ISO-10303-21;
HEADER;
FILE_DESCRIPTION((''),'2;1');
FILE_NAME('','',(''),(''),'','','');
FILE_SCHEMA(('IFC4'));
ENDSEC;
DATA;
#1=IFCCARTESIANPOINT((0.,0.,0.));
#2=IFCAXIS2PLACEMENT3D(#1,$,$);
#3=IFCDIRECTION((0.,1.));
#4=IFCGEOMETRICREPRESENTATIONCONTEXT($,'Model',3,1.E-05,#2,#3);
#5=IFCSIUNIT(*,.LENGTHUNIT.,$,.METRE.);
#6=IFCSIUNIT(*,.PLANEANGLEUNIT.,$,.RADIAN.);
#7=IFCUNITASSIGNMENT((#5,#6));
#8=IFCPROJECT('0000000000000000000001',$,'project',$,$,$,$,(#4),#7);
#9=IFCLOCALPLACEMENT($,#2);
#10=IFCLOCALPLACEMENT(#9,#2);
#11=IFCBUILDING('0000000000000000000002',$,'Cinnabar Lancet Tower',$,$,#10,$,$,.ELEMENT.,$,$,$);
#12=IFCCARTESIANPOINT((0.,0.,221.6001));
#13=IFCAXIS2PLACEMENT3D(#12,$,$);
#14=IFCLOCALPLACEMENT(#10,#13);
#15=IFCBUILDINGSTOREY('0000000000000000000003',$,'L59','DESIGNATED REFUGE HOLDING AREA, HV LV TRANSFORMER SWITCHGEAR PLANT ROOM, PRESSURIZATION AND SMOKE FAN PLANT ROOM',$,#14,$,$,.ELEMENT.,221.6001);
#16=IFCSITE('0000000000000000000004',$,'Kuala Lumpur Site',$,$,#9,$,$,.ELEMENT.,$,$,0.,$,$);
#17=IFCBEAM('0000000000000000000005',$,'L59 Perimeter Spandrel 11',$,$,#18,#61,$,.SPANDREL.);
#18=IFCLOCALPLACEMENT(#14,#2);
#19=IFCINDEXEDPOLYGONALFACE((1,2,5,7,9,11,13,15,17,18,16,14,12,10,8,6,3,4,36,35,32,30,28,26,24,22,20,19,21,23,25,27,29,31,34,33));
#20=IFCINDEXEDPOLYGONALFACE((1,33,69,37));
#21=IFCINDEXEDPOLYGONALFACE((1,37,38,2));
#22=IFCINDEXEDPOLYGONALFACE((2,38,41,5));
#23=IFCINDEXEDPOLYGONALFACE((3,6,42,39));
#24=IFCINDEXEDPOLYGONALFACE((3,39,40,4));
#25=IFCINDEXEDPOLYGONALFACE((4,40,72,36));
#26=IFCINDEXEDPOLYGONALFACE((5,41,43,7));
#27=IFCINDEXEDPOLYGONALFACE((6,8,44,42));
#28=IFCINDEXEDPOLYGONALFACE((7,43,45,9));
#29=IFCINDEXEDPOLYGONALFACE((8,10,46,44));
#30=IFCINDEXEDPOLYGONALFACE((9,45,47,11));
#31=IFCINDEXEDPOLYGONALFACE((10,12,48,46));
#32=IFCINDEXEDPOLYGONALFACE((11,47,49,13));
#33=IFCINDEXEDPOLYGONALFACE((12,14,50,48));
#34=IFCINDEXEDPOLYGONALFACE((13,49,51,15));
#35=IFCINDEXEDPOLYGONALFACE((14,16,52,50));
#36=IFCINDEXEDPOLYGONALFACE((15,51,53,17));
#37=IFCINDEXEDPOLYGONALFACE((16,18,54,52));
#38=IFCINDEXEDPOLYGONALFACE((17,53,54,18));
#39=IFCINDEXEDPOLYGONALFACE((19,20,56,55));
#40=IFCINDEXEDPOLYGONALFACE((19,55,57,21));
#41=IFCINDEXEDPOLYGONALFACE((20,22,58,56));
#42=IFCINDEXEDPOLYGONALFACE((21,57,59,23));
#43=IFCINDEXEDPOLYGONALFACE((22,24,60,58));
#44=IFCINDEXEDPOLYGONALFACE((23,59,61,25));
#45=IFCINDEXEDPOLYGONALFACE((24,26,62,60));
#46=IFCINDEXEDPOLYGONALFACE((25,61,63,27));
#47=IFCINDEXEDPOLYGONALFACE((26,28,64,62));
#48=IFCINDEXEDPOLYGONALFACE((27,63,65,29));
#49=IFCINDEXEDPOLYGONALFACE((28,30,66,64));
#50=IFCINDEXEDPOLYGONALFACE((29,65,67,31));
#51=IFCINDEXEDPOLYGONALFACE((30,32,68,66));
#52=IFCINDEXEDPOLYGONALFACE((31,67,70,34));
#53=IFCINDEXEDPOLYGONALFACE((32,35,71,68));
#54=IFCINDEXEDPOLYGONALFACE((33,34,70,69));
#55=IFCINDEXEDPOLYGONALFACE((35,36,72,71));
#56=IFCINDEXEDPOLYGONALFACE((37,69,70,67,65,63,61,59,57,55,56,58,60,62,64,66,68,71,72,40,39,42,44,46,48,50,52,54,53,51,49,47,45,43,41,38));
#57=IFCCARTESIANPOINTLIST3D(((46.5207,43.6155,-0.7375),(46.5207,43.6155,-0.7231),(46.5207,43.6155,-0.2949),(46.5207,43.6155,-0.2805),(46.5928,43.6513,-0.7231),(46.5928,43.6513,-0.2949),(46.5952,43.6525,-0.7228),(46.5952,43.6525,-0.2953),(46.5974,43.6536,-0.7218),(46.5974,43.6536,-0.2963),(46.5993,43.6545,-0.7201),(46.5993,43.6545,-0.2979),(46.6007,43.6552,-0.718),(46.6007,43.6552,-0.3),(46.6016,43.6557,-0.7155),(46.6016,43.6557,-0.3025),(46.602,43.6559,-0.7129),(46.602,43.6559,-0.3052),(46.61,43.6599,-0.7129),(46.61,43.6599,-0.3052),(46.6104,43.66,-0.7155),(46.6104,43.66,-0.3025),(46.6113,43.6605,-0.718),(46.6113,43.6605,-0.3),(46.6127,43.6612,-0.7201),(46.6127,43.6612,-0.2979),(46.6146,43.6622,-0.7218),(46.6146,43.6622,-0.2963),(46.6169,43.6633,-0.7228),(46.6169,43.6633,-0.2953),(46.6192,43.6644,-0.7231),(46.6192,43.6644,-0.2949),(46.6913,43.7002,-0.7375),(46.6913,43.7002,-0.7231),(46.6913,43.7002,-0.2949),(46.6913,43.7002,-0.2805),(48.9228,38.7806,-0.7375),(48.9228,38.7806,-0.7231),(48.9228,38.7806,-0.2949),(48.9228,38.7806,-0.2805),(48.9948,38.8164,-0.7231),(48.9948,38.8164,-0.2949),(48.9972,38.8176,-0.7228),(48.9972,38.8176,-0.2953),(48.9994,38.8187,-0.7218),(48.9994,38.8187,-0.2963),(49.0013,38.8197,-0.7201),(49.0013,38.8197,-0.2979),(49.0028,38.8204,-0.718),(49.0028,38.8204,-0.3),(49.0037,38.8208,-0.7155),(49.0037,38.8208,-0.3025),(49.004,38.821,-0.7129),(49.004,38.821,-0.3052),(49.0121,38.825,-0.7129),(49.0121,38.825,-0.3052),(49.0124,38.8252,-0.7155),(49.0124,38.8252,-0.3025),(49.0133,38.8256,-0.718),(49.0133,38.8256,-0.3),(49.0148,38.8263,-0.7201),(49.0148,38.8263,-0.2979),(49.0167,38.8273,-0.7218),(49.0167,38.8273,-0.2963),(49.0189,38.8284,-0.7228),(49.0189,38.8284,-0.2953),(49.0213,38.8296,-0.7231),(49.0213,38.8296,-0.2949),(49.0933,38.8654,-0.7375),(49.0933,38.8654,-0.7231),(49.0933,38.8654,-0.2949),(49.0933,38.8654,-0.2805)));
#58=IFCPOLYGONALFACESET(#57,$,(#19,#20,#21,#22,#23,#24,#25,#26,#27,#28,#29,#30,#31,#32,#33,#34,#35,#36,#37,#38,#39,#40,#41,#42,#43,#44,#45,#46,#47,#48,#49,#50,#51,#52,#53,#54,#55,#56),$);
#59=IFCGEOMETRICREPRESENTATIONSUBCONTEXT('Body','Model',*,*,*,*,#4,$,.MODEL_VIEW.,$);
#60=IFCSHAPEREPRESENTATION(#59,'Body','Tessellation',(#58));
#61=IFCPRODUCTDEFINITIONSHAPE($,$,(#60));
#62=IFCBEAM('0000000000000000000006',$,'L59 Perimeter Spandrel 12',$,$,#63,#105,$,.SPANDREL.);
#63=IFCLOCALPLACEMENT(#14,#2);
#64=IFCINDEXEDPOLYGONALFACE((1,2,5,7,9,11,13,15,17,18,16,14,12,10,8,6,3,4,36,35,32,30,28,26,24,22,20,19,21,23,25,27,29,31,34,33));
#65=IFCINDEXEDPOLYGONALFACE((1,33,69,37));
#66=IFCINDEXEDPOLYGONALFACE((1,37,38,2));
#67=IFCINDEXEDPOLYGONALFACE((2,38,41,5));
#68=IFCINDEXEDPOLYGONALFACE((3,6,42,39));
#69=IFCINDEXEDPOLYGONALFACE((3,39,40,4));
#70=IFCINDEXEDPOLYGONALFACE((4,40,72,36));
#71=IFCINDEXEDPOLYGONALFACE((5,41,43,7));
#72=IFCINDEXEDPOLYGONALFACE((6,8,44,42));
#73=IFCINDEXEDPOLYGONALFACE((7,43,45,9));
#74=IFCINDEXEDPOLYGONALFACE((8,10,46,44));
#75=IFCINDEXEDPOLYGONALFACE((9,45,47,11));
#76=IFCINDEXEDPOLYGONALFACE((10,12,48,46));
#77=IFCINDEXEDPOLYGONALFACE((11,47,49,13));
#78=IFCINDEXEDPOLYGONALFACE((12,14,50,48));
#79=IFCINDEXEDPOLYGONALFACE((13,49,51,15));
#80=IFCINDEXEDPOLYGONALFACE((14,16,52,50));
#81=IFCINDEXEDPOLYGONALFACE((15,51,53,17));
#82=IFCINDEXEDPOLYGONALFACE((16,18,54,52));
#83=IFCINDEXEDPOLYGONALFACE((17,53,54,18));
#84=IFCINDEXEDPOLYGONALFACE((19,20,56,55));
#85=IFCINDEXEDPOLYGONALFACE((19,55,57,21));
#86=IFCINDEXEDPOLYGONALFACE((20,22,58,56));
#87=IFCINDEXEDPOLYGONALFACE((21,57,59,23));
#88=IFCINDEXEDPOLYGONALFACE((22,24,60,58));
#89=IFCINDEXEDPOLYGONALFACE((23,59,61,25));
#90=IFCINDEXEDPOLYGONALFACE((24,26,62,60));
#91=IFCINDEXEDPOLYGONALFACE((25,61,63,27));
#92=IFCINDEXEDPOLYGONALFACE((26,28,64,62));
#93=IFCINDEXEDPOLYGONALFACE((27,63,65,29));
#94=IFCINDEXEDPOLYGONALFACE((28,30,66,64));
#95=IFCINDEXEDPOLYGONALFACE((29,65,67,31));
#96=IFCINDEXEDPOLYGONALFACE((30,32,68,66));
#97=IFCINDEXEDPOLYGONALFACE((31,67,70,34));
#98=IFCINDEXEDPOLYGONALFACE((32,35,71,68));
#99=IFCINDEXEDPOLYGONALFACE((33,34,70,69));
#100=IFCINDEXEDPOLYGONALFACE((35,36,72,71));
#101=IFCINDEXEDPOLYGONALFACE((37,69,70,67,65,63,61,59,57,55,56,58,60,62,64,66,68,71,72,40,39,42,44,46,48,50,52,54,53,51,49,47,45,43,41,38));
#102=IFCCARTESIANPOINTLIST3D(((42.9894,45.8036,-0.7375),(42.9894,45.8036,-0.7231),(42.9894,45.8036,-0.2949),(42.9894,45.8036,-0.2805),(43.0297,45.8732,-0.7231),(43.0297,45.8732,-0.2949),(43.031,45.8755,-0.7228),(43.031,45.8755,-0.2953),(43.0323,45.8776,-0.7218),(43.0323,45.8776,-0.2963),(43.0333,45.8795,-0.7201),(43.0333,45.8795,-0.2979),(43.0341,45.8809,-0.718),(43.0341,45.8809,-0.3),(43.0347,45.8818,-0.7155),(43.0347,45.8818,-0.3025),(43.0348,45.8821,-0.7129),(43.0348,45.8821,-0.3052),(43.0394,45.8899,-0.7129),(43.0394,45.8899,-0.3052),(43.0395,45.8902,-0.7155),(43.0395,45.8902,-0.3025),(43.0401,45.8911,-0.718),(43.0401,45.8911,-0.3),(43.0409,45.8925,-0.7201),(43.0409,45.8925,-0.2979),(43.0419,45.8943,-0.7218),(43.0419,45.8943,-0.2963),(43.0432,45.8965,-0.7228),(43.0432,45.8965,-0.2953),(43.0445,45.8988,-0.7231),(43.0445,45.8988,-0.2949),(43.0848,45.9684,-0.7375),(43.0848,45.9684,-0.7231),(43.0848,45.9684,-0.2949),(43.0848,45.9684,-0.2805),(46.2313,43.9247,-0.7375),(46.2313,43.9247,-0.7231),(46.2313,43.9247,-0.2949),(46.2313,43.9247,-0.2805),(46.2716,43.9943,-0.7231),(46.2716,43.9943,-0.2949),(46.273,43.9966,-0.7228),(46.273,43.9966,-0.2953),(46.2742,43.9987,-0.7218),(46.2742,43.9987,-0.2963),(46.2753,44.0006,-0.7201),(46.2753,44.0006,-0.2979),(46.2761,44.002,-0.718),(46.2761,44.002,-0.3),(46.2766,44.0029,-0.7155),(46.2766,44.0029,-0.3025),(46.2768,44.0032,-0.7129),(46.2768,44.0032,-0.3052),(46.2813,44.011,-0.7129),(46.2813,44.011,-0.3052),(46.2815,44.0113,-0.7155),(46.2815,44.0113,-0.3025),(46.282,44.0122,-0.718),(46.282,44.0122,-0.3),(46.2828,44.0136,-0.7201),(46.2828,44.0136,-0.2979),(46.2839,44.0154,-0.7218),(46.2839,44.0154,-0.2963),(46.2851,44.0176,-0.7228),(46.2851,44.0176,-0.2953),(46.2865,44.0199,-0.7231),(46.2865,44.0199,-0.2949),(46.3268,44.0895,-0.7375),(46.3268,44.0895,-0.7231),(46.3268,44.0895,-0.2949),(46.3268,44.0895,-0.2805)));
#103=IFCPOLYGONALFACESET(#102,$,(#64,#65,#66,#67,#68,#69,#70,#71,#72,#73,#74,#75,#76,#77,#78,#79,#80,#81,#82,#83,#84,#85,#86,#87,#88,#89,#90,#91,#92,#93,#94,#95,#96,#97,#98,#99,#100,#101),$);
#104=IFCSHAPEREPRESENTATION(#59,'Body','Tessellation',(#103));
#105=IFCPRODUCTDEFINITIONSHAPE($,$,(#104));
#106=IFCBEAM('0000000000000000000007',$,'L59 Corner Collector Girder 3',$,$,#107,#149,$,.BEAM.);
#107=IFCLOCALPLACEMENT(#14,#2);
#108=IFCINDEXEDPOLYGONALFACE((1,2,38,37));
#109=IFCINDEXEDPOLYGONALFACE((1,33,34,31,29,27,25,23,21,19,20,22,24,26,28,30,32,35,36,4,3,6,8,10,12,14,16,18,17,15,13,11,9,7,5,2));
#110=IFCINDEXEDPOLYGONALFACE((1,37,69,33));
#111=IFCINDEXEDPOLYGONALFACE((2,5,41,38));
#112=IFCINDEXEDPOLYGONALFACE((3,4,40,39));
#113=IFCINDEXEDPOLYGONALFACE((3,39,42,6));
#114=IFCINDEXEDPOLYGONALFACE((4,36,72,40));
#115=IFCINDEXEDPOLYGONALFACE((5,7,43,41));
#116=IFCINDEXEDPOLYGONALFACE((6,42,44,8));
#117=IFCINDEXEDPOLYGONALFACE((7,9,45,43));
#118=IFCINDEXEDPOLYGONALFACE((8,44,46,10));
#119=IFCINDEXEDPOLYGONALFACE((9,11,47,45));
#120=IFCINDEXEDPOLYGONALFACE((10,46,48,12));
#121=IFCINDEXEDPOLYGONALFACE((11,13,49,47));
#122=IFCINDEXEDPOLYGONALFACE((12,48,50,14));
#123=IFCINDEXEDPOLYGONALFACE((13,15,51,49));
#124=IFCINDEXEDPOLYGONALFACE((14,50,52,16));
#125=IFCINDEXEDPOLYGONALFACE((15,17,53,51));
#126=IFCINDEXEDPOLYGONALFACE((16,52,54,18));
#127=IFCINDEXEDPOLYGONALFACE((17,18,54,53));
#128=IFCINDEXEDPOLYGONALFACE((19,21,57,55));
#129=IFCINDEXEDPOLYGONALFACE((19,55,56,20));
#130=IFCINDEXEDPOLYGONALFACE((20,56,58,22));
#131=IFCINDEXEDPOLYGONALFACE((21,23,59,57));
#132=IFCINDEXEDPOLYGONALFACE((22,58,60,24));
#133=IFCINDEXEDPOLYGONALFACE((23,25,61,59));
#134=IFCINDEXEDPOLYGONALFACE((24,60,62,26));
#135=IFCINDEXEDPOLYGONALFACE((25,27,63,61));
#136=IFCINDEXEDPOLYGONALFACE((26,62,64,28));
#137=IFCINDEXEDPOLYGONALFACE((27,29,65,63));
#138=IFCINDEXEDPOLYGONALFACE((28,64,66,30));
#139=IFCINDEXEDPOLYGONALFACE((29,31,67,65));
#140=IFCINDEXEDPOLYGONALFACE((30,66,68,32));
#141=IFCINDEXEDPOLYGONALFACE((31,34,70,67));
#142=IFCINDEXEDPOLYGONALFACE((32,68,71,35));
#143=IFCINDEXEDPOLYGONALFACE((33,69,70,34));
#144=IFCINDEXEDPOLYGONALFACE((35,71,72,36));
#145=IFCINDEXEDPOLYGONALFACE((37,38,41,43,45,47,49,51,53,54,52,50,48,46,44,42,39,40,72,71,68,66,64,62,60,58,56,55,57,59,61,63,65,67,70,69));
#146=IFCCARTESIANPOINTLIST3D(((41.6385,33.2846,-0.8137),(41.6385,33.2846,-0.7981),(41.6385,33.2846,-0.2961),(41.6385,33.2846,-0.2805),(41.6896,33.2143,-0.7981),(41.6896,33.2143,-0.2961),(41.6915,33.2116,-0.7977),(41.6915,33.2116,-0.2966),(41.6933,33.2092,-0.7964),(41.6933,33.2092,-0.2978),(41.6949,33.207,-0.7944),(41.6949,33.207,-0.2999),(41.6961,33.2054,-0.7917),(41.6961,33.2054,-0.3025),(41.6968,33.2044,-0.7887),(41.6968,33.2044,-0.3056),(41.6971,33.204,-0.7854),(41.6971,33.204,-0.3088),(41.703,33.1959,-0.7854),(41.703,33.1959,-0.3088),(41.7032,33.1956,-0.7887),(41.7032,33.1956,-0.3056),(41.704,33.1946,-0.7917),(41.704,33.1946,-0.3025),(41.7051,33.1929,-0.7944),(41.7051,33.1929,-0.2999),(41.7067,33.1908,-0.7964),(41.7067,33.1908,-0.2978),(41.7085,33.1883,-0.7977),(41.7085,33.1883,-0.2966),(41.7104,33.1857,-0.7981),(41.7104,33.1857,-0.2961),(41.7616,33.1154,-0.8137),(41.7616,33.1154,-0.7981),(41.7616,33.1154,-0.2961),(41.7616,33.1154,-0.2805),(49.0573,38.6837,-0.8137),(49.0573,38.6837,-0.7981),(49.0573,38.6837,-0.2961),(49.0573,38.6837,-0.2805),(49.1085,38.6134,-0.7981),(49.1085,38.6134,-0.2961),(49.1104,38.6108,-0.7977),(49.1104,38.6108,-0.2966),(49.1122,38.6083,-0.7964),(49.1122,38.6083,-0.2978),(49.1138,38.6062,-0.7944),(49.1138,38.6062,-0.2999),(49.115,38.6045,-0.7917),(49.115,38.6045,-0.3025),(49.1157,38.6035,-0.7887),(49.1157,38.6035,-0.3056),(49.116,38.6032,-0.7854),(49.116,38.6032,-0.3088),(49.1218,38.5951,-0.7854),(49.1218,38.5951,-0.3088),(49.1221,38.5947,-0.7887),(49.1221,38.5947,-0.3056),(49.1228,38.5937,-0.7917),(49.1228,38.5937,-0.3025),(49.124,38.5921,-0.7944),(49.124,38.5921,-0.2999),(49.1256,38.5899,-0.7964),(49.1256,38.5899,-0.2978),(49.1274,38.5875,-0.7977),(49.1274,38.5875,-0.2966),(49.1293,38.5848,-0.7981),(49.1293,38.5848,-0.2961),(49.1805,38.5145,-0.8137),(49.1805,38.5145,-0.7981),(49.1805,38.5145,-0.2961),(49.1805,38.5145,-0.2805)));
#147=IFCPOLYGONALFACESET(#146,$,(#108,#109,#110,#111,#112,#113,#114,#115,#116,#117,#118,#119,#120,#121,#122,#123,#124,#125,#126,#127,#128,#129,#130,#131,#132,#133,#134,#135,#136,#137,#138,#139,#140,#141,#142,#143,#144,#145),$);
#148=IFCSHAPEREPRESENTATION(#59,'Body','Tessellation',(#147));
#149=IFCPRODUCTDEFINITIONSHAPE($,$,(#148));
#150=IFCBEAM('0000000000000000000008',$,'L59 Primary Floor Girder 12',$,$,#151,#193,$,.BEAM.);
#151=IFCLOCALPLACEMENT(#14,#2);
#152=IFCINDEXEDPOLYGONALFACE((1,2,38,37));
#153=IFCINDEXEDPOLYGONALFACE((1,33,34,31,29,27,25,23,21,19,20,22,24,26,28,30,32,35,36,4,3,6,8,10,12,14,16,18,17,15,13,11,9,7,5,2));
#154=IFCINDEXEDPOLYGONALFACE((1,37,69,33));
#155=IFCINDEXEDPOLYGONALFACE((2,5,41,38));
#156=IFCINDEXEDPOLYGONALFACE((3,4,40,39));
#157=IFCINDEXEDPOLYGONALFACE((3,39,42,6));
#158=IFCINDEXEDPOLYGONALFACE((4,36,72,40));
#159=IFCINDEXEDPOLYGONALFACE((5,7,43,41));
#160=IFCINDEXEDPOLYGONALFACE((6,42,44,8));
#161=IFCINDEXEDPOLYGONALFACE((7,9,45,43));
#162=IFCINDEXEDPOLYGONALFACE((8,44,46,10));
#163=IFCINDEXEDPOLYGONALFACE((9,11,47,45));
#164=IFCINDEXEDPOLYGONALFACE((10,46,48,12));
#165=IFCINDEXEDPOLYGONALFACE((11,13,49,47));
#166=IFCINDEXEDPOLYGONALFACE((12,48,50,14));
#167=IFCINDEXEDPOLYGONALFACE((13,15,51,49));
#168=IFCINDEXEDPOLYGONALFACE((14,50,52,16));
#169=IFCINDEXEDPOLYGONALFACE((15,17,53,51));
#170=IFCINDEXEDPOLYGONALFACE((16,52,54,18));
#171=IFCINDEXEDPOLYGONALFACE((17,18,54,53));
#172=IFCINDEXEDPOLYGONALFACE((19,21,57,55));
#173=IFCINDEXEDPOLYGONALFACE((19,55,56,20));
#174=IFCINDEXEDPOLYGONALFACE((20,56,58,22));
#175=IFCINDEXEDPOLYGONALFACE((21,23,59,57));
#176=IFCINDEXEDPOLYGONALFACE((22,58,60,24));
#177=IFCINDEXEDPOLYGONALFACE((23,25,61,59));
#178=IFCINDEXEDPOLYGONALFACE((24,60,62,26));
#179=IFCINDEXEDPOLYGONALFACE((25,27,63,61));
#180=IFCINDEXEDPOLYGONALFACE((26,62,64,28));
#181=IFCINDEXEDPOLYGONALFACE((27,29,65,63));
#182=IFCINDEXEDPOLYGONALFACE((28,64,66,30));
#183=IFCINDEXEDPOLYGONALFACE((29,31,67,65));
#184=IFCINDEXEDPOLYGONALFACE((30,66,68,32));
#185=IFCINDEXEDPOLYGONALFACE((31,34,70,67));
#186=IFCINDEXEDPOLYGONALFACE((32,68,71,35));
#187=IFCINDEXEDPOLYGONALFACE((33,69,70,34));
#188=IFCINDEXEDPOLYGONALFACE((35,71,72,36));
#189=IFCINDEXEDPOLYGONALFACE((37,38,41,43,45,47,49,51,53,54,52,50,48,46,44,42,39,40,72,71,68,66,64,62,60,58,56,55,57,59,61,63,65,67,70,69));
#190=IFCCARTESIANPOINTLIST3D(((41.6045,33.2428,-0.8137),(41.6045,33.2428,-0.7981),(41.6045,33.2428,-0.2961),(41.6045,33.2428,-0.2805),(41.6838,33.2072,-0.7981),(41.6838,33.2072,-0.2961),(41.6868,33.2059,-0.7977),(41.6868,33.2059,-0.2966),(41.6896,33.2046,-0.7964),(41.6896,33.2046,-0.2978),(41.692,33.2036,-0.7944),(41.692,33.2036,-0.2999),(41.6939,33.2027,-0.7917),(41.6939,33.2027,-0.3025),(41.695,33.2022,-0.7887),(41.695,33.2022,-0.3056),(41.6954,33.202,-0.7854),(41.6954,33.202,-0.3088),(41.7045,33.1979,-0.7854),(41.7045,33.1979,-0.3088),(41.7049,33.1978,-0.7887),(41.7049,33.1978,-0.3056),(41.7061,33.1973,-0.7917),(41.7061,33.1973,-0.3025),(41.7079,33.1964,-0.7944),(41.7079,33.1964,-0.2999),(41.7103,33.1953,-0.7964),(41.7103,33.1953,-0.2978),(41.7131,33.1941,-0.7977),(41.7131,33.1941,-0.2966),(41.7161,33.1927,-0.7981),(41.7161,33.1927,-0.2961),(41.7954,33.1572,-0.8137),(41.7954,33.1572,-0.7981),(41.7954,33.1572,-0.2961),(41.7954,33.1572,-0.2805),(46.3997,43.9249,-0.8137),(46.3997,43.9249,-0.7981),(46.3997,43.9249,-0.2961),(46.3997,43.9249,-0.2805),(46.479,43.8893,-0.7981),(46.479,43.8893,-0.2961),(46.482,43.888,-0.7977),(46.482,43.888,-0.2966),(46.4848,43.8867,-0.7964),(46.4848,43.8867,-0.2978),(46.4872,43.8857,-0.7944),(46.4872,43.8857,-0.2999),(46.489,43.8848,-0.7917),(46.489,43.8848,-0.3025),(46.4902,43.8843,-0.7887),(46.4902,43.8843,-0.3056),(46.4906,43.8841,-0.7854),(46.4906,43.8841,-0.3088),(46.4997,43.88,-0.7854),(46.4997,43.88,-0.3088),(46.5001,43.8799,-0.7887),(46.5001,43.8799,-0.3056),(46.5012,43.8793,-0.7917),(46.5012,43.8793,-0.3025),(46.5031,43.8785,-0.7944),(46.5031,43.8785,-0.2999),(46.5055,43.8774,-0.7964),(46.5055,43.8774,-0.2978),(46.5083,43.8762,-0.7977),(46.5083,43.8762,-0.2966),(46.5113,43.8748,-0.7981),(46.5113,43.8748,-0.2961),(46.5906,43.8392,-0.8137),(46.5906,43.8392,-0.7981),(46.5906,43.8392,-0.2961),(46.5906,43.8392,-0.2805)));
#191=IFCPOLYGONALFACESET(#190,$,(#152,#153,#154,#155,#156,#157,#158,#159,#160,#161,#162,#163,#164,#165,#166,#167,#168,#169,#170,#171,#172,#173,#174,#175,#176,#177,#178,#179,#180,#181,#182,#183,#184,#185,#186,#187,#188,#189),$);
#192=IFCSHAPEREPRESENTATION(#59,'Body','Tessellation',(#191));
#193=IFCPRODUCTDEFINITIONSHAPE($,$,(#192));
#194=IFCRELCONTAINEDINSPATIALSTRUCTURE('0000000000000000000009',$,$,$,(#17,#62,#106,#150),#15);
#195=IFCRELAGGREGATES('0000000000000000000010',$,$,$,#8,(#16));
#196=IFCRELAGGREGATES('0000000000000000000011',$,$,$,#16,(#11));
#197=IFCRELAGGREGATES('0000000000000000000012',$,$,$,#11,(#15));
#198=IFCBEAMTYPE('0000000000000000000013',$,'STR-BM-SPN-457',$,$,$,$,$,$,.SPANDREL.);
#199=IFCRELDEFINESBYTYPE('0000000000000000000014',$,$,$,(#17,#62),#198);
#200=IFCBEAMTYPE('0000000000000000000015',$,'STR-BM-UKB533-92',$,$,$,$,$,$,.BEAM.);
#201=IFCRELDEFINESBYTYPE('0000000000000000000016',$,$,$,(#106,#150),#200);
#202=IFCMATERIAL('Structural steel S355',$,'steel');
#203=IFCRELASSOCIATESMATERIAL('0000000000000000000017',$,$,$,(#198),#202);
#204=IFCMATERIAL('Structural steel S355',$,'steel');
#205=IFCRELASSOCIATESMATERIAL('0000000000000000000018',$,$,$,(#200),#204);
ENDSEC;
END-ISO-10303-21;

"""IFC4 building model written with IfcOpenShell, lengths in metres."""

from ifc_helpers import new_model, si_unit, direction, frame, origin, origin_2d, place, context, subcontext, project, spatial, i_section, extrude, material, material_profile, profile_set, type_object, element, save


model = new_model("IFC4")

# Units and contexts
model_context = context("Model", 3, precision=1e-05, world=origin(), true_north=direction((0.0, 1.0)))
body_context = subcontext(model_context, "Body", "Model", "MODEL_VIEW")
ifc_project = project(units=[si_unit("LENGTHUNIT", "METRE"), si_unit("PLANEANGLEUNIT", "RADIAN")], contexts=[model_context])

# Site, building, storey
site_placement = place(None, origin())
site = spatial("IfcSite", under=ifc_project, at=site_placement, Name="Kuala Lumpur Site", CompositionType="ELEMENT", RefElevation=0.0)
building_placement = place(site_placement, origin())
building = spatial("IfcBuilding", under=site, at=building_placement, Name="Cinnabar Lancet Tower", CompositionType="ELEMENT")
storey_placement = place(building_placement, frame((0.0, 0.0, 221.6001)))
storey = spatial("IfcBuildingStorey", under=building, at=storey_placement, Name="L59", Description="DESIGNATED REFUGE HOLDING AREA, HV LV TRANSFORMER SWITCHGEAR PLANT ROOM, PRESSURIZATION AND SMOKE FAN PLANT ROOM", CompositionType="ELEMENT", Elevation=221.6001)

# Beams
ifc_material_1 = material(Name="Structural steel S355", Category="steel")
ifc_material_profile_1 = material_profile(ifc_material_1, i_section(OverallWidth=0.1904, OverallDepth=0.457, WebThickness=0.009, FlangeThickness=0.0144, FilletRadius=0.0103, at=origin_2d()), Name="UKB 457x191x74")
ifc_profile_set_1 = profile_set([ifc_material_profile_1], Name="Structural steel S355")
beam_type_1 = type_object("IfcBeamType", Name="STR-BM-SPN-457", PredefinedType="SPANDREL", material=ifc_profile_set_1)
beam_1_placement = place(storey_placement, frame((49.0081, 38.823, -0.509), z_axis=(-0.444933, 0.895564, 0.0), x_axis=(-0.895564, -0.444933, 0.0)))
element("IfcBeam", 1, at=beam_1_placement, inside=storey, type_object=beam_type_1, Name="L59 Perimeter Spandrel 11", PredefinedType="SPANDREL", context=body_context, shape_type="SweptSolid", body=[
    extrude(i_section(OverallWidth=0.1904, OverallDepth=0.457, WebThickness=0.009, FlangeThickness=0.0144, FilletRadius=0.0103, at=origin_2d()), origin(), (0.0, 0.0, 1.0), 5.3987),
])
beam_2_placement = place(storey_placement, frame((46.2791, 44.0071, -0.509), z_axis=(-0.865196, 0.501434, 0.0), x_axis=(-0.501434, -0.865196, 0.0)))
element("IfcBeam", 2, at=beam_2_placement, inside=storey, type_object=beam_type_1, Name="L59 Perimeter Spandrel 12", PredefinedType="SPANDREL", context=body_context, shape_type="SweptSolid", body=[
    extrude(i_section(OverallWidth=0.1904, OverallDepth=0.457, WebThickness=0.009, FlangeThickness=0.0144, FilletRadius=0.0103, at=origin_2d()), origin(), (0.0, 0.0, 1.0), 3.7471),
])
ifc_material_2 = material(Name="Structural steel S355", Category="steel")
ifc_material_profile_2 = material_profile(ifc_material_2, i_section(OverallWidth=0.2092, OverallDepth=0.5332, WebThickness=0.01, FlangeThickness=0.0156, FilletRadius=0.0127, at=origin_2d()), Name="UKB 533x210x92")
ifc_profile_set_2 = profile_set([ifc_material_profile_2], Name="Structural steel S355")
beam_type_2 = type_object("IfcBeamType", Name="STR-BM-UKB533-92", PredefinedType="BEAM", material=ifc_profile_set_2)
beam_3_placement = place(storey_placement, frame((49.1189, 38.5991, -0.5471), z_axis=(-0.808551, -0.588426, 0.0), x_axis=(0.588426, -0.808551, 0.0)))
element("IfcBeam", 3, at=beam_3_placement, inside=storey, type_object=beam_type_2, Name="L59 Corner Collector Girder 3", PredefinedType="BEAM", context=body_context, shape_type="SweptSolid", body=[
    extrude(i_section(OverallWidth=0.2092, OverallDepth=0.5332, WebThickness=0.01, FlangeThickness=0.0156, FilletRadius=0.0127, at=origin_2d()), origin(), (0.0, 0.0, 1.0), 9.1755),
])
beam_4_placement = place(storey_placement, frame((46.4951, 43.8821, -0.5471), z_axis=(-0.409527, -0.912298, 0.0), x_axis=(0.912298, -0.409527, 0.0)))
element("IfcBeam", 4, at=beam_4_placement, inside=storey, type_object=beam_type_2, Name="L59 Primary Floor Girder 12", PredefinedType="BEAM", context=body_context, shape_type="SweptSolid", body=[
    extrude(i_section(OverallWidth=0.2092, OverallDepth=0.5332, WebThickness=0.01, FlangeThickness=0.0156, FilletRadius=0.0127, at=origin_2d()), origin(), (0.0, 0.0, 1.0), 11.709),
])

save(model, "model.ifc")
